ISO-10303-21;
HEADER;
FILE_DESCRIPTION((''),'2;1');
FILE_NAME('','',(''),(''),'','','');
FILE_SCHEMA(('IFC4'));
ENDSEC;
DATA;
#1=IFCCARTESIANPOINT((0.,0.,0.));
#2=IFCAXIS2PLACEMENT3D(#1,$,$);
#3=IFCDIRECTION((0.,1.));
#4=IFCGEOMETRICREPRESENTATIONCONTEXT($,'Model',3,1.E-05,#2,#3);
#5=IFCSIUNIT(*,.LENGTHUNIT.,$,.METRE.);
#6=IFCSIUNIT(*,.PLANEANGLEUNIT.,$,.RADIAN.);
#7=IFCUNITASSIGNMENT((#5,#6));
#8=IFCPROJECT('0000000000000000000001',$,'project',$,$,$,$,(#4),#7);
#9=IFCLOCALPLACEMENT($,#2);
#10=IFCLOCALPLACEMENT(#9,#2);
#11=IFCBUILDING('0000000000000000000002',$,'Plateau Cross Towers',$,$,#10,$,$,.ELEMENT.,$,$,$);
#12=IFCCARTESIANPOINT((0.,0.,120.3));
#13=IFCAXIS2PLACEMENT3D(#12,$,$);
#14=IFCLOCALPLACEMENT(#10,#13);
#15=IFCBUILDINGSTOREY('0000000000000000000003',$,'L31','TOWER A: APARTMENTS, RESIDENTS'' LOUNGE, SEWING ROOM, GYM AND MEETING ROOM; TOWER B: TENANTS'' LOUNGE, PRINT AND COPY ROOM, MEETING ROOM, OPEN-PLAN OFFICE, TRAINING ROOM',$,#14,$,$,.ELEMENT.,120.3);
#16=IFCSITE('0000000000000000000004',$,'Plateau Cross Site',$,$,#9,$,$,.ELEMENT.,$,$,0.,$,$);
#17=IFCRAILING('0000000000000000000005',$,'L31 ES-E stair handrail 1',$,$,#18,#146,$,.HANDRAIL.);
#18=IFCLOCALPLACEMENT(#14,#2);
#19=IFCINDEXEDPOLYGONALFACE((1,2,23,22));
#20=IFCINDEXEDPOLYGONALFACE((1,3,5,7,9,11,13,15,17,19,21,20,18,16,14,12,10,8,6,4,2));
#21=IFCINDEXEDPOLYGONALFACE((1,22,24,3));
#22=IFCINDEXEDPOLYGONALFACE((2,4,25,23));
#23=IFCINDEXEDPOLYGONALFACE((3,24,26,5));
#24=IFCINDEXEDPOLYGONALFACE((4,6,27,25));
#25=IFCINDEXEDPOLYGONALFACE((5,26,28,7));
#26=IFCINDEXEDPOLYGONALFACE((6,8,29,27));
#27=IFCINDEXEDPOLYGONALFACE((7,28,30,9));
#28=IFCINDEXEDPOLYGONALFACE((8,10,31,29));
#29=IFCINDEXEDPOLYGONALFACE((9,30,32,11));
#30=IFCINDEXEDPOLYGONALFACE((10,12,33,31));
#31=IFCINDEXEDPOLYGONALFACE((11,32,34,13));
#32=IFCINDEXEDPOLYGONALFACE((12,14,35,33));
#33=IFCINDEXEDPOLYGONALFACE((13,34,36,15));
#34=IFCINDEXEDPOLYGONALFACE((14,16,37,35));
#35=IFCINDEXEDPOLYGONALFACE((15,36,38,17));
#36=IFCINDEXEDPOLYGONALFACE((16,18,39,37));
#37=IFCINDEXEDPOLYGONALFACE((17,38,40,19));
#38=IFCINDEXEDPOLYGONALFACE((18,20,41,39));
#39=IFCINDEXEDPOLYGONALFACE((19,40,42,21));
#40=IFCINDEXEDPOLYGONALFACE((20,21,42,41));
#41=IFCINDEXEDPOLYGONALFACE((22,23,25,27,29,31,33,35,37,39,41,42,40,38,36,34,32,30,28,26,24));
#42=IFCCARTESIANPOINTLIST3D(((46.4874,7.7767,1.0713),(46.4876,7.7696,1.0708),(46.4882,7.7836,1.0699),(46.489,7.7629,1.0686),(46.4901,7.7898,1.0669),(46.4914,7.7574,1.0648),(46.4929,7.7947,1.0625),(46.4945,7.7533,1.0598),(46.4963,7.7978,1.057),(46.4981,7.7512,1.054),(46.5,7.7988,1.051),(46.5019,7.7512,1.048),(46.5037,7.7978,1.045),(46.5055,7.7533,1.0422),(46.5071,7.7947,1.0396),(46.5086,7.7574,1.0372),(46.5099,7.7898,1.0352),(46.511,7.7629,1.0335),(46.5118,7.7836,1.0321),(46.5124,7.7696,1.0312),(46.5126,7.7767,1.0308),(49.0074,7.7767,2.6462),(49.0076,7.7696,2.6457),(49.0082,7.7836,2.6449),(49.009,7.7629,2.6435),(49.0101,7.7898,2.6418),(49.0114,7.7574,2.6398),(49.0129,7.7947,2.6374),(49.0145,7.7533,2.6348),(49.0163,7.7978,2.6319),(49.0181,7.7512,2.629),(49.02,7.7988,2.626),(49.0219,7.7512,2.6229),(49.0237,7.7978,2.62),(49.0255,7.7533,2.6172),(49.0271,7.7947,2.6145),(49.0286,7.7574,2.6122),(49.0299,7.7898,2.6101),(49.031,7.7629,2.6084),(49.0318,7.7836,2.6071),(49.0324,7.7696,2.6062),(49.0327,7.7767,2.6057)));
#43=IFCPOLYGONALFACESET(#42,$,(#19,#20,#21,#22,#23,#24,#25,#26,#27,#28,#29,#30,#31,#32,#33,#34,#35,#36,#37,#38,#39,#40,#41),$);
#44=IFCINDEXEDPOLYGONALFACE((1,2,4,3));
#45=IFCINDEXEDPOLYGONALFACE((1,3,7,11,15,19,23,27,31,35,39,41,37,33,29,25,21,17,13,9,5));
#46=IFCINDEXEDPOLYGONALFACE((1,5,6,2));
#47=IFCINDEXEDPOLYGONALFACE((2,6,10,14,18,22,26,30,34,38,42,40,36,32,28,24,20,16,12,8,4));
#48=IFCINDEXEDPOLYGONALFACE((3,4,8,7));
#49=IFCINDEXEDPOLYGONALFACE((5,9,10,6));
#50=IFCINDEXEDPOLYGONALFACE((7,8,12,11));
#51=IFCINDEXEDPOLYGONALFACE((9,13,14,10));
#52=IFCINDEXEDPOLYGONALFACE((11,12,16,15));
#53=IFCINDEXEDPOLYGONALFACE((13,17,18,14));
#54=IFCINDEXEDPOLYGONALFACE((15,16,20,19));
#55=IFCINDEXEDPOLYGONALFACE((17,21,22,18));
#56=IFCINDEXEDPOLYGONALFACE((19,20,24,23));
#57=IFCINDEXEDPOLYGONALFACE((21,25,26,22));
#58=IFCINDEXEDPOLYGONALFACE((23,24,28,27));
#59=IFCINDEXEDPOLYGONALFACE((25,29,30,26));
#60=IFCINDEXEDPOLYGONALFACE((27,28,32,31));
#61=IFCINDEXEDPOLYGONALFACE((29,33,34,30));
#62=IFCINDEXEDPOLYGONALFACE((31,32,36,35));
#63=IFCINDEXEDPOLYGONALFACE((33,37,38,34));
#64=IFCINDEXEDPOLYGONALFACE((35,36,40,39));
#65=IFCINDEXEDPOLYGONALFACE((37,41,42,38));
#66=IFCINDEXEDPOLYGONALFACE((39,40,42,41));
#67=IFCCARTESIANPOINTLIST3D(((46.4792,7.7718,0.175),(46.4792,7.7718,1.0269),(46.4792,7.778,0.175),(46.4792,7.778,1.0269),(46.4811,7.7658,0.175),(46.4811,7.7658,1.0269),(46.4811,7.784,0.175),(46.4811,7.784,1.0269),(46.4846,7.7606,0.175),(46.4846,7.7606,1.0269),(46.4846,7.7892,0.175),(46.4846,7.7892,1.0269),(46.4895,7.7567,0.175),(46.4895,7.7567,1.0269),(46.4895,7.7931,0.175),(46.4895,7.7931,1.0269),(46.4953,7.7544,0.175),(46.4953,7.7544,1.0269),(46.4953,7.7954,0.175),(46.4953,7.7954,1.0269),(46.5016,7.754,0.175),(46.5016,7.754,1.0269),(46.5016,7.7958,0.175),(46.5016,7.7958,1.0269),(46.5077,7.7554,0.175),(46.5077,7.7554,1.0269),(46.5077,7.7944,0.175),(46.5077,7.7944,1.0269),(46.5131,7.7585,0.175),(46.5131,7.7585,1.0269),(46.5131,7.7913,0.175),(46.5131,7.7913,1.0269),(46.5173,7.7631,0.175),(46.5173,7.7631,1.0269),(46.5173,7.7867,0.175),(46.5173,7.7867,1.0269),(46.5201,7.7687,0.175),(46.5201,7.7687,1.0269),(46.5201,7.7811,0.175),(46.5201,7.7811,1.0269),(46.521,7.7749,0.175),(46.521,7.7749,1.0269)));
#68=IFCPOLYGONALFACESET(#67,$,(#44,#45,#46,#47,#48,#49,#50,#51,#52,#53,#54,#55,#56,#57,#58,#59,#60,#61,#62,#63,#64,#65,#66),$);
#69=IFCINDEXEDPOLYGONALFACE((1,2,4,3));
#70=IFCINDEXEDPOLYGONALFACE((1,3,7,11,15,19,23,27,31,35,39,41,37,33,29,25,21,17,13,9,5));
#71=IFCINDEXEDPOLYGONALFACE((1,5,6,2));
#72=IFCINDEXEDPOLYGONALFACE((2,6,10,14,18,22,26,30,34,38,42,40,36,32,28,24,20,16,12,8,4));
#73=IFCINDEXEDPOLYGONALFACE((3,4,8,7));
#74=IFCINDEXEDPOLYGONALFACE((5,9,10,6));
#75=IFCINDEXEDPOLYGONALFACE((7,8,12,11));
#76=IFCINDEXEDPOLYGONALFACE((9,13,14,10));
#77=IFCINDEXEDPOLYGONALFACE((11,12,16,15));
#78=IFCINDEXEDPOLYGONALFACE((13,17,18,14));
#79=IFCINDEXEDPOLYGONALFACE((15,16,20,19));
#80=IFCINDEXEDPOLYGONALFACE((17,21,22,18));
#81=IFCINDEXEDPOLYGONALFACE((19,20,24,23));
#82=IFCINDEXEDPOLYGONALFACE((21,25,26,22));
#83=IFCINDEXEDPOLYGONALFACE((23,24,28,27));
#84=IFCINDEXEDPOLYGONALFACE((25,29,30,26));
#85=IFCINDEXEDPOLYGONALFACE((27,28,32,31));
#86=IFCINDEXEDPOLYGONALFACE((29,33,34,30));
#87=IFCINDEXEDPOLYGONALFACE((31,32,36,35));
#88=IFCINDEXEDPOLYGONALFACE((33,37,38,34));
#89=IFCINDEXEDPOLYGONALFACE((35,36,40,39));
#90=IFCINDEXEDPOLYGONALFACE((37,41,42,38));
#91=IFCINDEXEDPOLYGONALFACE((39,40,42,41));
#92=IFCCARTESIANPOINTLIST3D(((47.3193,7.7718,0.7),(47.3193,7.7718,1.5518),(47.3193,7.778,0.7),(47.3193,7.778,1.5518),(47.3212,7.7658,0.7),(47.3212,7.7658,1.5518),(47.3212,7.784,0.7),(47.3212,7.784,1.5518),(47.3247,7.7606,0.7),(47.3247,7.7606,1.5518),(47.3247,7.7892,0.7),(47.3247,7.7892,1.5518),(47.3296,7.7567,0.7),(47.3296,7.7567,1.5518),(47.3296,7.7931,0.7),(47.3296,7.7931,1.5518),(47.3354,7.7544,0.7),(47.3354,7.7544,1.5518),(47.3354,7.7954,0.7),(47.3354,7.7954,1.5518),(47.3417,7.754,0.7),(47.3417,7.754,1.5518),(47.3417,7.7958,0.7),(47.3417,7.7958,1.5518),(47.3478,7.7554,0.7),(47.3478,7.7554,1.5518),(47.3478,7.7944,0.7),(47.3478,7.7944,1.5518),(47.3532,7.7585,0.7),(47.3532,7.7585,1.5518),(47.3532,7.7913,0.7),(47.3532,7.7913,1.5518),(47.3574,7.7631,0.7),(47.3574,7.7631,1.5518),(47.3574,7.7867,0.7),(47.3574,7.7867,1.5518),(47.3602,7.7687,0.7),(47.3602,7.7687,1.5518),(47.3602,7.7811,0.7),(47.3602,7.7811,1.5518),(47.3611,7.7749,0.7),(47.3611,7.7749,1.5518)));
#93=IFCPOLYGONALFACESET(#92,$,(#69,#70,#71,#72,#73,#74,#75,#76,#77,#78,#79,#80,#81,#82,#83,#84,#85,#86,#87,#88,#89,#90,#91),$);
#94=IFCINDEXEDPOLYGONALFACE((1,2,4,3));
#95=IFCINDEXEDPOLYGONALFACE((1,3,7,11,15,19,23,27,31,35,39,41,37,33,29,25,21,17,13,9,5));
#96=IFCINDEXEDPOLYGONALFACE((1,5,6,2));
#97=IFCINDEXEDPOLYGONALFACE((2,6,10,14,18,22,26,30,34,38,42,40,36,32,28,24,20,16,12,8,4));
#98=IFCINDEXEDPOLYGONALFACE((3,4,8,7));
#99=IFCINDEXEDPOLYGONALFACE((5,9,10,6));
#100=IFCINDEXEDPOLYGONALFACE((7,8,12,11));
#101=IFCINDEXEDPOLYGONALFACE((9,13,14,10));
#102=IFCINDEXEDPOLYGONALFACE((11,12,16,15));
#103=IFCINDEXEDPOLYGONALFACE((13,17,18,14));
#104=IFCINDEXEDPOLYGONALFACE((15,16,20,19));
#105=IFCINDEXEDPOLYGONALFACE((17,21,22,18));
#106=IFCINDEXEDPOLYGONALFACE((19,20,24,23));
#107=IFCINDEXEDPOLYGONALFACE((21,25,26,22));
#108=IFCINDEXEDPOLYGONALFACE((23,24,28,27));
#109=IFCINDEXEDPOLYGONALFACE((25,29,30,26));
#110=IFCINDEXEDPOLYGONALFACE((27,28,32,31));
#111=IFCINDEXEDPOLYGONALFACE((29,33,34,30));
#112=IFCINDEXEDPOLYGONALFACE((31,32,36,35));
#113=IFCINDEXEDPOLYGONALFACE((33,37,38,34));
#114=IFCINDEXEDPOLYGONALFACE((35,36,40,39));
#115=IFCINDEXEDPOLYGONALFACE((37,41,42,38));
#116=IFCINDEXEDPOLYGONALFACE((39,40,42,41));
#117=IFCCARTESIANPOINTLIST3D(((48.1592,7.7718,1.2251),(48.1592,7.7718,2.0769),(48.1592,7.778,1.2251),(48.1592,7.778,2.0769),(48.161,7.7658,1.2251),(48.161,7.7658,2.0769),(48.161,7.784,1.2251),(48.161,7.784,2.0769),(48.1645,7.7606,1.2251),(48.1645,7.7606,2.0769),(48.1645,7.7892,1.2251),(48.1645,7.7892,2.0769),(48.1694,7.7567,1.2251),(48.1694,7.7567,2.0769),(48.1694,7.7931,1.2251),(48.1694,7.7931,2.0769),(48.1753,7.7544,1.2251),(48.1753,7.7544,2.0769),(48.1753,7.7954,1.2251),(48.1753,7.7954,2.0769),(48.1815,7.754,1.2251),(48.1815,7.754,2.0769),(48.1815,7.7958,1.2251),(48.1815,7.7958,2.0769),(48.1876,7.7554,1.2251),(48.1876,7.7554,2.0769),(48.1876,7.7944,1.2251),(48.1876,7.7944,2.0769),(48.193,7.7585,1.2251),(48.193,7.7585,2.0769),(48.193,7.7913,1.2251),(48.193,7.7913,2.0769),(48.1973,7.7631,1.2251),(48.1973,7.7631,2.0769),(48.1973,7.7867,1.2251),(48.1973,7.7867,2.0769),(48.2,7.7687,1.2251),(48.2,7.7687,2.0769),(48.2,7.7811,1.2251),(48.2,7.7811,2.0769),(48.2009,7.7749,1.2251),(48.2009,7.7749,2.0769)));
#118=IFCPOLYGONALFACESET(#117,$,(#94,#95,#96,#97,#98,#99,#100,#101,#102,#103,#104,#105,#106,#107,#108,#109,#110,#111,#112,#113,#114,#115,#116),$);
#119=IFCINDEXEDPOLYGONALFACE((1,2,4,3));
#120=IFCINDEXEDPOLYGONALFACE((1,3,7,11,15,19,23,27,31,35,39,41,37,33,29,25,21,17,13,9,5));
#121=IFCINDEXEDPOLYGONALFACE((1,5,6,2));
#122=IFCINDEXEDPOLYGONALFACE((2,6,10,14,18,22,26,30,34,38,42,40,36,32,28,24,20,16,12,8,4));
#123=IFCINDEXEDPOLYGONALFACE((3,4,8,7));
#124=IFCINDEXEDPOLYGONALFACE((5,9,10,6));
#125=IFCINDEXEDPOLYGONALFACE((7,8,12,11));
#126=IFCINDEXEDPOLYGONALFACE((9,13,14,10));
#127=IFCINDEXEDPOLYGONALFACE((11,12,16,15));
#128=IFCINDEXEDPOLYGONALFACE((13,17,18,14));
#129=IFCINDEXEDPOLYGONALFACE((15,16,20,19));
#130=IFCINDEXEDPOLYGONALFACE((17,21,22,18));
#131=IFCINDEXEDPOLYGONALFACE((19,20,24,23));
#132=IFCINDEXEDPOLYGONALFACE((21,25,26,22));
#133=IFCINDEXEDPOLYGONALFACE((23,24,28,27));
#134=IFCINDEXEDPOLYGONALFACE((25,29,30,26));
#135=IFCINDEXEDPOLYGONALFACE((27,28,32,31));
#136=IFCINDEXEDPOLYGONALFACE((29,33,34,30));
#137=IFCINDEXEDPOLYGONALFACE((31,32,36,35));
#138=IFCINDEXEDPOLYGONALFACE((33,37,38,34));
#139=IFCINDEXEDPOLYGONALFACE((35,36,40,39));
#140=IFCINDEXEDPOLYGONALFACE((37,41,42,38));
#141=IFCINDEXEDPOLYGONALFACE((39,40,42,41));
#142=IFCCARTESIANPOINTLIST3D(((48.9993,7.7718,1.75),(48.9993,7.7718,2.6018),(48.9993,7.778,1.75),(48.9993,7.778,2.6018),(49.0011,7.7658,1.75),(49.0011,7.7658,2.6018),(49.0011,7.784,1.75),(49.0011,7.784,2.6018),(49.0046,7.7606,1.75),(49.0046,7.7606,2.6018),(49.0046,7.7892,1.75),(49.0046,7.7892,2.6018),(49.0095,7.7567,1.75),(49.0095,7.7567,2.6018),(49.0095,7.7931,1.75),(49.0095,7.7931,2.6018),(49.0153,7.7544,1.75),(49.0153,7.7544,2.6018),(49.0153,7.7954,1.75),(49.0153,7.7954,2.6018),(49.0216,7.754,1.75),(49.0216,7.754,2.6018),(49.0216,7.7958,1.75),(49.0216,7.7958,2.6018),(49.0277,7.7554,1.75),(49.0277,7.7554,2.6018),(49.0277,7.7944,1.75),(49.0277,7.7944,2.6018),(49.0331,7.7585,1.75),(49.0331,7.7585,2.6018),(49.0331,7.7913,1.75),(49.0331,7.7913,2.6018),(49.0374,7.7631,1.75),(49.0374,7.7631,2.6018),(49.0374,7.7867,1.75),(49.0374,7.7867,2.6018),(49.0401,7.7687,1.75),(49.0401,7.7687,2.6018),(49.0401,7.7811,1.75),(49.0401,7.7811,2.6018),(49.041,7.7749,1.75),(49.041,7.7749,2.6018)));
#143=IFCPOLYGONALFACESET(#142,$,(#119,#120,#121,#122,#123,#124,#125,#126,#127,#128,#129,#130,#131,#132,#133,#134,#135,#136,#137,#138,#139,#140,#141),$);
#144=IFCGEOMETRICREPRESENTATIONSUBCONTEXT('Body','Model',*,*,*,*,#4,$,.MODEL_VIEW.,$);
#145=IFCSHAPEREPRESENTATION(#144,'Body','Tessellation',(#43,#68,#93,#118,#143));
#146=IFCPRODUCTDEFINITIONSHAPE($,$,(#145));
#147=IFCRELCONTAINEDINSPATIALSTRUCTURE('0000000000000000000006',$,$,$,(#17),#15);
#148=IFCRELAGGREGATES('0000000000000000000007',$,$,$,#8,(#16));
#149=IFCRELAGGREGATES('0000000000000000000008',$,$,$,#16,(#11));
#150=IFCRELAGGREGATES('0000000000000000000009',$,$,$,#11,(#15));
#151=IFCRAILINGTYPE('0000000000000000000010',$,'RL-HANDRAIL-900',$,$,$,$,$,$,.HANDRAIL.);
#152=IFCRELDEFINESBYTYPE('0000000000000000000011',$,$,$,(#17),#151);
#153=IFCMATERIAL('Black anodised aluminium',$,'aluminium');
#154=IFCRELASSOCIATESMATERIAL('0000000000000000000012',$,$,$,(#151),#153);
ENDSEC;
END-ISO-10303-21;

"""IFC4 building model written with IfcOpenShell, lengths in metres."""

from ifc_helpers import new_model, si_unit, direction, frame, origin, origin_2d, place, context, subcontext, project, spatial, circle, extrude, material, type_object, element, save


model = new_model("IFC4")

# Units and contexts
model_context = context("Model", 3, precision=1e-05, world=origin(), true_north=direction((0.0, 1.0)))
body_context = subcontext(model_context, "Body", "Model", "MODEL_VIEW")
ifc_project = project(units=[si_unit("LENGTHUNIT", "METRE"), si_unit("PLANEANGLEUNIT", "RADIAN")], contexts=[model_context])

# Site, building, storey
site_placement = place(None, origin())
site = spatial("IfcSite", under=ifc_project, at=site_placement, Name="Plateau Cross Site", CompositionType="ELEMENT", RefElevation=0.0)
building_placement = place(site_placement, origin())
building = spatial("IfcBuilding", under=site, at=building_placement, Name="Plateau Cross Towers", CompositionType="ELEMENT")
storey_placement = place(building_placement, frame((0.0, 0.0, 120.3)))
storey = spatial("IfcBuildingStorey", under=building, at=storey_placement, Name="L31", Description="TOWER A: APARTMENTS, RESIDENTS' LOUNGE, SEWING ROOM, GYM AND MEETING ROOM; TOWER B: TENANTS' LOUNGE, PRINT AND COPY ROOM, MEETING ROOM, OPEN-PLAN OFFICE, TRAINING ROOM", CompositionType="ELEMENT", Elevation=120.3)

# Shared definitions
ifc_material_1 = material(Name="Black anodised aluminium", Category="aluminium")

# Railing
railing_type_1 = type_object("IfcRailingType", Name="RL-HANDRAIL-900", PredefinedType="HANDRAIL", material=ifc_material_1)
railing_1_placement = place(storey_placement, frame((46.5, 7.7749, 0.175)))
element("IfcRailing", 1, at=railing_1_placement, inside=storey, type_object=railing_type_1, Name="L31 ES-E stair handrail 1", PredefinedType="HANDRAIL", context=body_context, shape_type="SweptSolid", body=[
    extrude(circle(Radius=0.0239, at=origin_2d()), frame((0.0, 0.0, 0.876), z_axis=(0.848008, 0.0, 0.529984), x_axis=(0.0, 1.0, 0.0)), (0.0, 0.0, 1.0), 2.9717),
    extrude(circle(Radius=0.021, at=origin_2d()), origin(), (0.0, 0.0, 1.0), 0.8518),
    extrude(circle(Radius=0.021, at=origin_2d()), frame((0.8401, 0.0, 0.5249)), (0.0, 0.0, 1.0), 0.8518),
    extrude(circle(Radius=0.021, at=origin_2d()), frame((1.6799, 0.0, 1.05)), (0.0, 0.0, 1.0), 0.8518),
    extrude(circle(Radius=0.021, at=origin_2d()), frame((2.52, 0.0, 1.575)), (0.0, 0.0, 1.0), 0.8518),
])

save(model, "model.ifc")
